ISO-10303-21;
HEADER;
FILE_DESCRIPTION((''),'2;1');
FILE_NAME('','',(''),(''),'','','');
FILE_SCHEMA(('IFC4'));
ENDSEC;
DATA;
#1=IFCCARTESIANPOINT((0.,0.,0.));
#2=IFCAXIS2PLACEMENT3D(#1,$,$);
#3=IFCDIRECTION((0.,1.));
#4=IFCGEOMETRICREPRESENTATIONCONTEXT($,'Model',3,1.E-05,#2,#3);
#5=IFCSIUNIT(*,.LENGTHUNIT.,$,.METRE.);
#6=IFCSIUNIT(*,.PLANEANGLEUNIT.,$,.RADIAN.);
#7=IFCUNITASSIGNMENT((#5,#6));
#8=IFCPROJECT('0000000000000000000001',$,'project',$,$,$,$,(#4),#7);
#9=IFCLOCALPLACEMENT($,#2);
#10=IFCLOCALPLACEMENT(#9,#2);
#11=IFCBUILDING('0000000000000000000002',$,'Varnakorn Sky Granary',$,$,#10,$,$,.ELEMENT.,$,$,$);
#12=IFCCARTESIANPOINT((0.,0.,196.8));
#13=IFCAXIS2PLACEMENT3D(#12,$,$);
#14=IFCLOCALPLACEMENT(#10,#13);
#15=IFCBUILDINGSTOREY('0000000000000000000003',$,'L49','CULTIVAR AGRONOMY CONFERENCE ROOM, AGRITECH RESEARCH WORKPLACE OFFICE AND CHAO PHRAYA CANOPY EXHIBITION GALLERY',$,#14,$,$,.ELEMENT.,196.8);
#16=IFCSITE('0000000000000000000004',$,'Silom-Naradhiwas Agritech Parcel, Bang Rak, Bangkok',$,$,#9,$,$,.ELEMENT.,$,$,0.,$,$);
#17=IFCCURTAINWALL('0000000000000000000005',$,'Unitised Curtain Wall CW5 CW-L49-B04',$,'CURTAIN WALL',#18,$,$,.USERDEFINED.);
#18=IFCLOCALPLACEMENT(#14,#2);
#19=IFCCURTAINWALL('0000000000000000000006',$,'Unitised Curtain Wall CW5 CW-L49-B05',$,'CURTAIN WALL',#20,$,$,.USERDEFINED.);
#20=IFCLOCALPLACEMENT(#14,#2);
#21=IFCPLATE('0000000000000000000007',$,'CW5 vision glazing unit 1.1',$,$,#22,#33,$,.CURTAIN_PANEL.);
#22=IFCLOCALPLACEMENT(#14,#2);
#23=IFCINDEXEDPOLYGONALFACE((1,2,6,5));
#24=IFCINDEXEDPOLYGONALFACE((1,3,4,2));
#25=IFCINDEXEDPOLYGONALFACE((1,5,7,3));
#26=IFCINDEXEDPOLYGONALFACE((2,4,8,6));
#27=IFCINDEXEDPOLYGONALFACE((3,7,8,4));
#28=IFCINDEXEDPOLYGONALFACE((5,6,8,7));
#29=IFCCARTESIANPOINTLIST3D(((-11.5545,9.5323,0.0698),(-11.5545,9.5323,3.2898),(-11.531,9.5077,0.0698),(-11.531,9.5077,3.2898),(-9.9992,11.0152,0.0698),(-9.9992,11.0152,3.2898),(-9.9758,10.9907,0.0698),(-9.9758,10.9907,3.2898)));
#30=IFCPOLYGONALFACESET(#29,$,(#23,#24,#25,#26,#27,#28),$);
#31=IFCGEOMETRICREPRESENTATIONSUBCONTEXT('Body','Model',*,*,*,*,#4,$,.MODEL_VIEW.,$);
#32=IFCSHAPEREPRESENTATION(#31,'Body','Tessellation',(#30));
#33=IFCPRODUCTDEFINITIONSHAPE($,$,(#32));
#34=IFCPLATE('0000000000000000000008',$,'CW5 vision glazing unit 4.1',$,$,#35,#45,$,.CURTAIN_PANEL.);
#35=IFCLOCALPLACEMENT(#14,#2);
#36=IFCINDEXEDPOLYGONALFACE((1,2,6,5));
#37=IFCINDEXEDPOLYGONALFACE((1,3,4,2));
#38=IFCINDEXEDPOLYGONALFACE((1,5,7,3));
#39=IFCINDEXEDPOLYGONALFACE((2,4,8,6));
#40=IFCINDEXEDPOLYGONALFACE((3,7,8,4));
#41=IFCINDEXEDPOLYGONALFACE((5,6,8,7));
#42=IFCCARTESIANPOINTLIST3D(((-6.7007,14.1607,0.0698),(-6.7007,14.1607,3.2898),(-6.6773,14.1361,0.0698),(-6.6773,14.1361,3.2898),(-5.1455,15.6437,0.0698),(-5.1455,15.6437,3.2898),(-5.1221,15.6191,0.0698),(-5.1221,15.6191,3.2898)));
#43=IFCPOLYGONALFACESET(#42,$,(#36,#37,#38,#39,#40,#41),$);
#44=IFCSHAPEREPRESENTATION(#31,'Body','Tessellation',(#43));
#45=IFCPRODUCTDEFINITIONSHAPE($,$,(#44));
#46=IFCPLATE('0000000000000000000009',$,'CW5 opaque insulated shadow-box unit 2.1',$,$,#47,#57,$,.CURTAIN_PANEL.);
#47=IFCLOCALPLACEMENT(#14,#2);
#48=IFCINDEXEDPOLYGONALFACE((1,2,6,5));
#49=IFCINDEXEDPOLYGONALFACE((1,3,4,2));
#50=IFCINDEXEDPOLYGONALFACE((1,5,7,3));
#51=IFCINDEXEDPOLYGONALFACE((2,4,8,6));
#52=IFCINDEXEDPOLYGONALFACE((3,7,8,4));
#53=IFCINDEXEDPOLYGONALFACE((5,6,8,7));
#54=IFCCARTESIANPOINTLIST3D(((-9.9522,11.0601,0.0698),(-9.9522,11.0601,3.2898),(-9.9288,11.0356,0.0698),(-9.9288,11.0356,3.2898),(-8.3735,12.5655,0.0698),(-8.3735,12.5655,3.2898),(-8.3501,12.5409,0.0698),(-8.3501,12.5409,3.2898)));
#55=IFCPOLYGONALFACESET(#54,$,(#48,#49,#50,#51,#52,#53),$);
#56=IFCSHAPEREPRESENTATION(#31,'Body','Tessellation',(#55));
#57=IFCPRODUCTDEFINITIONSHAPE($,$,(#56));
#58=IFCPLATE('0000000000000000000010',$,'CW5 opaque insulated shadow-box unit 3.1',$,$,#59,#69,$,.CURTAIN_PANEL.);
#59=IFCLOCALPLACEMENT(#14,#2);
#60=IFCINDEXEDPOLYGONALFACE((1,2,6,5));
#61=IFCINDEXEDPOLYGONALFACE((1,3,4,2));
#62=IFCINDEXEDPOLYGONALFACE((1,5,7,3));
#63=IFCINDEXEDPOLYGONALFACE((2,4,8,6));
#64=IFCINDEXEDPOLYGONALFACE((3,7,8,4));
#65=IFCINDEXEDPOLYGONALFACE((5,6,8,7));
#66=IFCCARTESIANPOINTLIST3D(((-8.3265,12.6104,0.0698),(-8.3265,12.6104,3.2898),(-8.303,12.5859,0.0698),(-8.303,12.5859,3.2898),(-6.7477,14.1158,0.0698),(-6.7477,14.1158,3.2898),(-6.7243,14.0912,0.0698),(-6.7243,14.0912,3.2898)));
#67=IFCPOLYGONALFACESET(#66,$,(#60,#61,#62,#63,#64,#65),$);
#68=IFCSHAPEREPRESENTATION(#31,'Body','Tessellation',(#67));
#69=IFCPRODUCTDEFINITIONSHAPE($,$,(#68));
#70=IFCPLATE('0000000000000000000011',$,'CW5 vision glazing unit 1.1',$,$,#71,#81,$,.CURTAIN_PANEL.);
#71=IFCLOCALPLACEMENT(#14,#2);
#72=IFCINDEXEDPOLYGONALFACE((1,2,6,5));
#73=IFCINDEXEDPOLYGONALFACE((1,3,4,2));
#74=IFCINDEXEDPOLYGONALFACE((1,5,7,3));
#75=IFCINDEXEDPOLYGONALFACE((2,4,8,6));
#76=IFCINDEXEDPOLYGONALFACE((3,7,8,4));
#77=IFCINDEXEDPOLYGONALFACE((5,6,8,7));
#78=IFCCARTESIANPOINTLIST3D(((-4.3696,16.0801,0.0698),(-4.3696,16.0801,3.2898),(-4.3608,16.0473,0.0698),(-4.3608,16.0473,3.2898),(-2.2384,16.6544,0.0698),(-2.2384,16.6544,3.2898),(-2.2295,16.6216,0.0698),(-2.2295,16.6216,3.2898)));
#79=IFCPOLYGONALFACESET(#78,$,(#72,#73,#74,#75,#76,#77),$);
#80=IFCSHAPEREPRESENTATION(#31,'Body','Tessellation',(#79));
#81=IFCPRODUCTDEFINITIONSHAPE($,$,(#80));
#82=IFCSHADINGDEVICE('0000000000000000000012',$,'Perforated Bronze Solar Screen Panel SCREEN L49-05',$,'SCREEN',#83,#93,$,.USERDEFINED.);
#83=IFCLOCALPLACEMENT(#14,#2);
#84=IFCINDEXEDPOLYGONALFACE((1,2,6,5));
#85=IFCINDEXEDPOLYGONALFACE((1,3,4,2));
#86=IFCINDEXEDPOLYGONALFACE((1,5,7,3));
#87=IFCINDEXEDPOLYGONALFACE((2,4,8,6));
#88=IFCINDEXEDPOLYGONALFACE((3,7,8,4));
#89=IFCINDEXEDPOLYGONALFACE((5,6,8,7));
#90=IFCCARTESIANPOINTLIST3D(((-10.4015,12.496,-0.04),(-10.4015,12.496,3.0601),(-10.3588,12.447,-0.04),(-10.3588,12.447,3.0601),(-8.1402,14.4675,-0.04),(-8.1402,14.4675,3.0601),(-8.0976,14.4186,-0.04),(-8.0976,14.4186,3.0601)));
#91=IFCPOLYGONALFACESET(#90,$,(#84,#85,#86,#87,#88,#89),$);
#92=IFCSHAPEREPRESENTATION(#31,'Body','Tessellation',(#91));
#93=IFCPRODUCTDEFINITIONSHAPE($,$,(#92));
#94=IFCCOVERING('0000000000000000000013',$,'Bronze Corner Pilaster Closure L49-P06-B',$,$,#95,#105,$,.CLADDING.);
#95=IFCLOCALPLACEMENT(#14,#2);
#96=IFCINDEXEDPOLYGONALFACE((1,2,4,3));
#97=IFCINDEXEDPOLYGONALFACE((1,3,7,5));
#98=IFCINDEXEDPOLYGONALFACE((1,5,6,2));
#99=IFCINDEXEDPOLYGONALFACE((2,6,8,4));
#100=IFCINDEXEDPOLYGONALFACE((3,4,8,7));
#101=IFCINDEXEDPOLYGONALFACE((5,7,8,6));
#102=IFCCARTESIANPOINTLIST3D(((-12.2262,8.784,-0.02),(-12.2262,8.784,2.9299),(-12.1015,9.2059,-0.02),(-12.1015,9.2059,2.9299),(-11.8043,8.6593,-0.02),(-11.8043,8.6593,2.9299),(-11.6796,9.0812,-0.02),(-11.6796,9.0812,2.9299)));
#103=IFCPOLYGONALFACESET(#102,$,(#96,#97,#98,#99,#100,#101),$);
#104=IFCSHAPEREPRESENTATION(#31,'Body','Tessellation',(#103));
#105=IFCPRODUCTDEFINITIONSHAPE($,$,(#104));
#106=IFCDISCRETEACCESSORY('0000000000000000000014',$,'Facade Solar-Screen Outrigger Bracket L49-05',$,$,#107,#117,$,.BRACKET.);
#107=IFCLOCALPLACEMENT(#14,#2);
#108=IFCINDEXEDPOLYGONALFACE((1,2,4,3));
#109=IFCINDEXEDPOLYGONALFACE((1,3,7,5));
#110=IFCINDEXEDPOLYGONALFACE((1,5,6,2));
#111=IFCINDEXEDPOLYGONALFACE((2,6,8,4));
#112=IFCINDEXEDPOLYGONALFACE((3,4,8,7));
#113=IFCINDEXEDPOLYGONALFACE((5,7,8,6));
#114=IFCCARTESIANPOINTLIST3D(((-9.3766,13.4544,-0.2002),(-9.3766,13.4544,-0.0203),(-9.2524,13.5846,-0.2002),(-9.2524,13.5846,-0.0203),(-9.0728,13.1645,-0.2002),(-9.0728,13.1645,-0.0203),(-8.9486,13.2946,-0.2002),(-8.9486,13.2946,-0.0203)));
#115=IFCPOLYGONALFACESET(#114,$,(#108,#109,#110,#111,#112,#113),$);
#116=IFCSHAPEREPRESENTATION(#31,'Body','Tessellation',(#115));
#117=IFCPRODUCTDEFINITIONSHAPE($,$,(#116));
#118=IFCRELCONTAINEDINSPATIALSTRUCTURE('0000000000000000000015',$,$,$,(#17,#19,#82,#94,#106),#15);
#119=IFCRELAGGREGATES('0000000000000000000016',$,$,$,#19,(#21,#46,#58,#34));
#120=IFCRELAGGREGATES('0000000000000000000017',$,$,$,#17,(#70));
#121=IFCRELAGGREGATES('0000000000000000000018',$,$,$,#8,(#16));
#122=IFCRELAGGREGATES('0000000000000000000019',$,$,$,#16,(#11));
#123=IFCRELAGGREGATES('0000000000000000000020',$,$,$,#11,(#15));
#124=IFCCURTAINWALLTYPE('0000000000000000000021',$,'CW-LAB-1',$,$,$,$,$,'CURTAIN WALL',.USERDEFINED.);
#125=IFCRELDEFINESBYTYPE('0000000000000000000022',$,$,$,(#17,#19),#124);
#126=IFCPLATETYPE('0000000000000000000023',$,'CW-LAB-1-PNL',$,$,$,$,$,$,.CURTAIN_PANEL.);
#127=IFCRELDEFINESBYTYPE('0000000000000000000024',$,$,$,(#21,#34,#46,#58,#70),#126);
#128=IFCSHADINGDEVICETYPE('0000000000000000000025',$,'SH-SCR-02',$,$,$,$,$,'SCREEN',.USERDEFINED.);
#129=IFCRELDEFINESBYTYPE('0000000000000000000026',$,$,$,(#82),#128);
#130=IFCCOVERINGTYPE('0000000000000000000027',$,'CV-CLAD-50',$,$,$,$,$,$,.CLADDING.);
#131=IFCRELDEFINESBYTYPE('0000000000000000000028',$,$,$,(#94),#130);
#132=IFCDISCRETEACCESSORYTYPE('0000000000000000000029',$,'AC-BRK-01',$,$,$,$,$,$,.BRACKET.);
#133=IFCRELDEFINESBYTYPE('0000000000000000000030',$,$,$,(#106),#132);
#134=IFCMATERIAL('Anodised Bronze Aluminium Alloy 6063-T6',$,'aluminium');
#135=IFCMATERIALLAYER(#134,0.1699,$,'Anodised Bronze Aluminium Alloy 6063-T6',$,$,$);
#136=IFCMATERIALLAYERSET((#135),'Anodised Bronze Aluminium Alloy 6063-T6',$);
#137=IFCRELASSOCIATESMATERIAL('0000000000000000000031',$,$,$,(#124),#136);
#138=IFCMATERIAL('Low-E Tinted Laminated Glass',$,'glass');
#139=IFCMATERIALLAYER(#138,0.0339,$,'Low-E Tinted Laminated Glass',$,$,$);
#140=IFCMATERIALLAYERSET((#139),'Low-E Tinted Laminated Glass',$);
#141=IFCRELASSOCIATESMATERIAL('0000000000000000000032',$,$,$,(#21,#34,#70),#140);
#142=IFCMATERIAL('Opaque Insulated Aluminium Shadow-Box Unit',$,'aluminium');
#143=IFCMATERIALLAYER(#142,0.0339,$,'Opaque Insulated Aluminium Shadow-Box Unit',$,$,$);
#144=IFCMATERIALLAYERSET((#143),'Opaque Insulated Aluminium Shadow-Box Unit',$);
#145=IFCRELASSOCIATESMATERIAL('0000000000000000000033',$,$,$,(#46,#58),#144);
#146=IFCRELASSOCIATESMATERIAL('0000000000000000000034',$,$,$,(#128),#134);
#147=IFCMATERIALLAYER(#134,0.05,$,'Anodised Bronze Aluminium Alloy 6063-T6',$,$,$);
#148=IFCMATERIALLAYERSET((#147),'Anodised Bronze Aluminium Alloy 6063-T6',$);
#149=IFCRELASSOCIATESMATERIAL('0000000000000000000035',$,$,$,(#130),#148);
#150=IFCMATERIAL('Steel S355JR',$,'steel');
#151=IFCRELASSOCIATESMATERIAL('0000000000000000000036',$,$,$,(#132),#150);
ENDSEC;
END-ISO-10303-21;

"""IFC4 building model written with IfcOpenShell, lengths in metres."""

from ifc_helpers import new_model, si_unit, direction, frame, origin, origin_2d, place, context, subcontext, project, spatial, rectangle, extrude, source, transform, mapped, material, layer, layer_set, type_object, type_shapes, element, aggregate, save


model = new_model("IFC4")

# Units and contexts
model_context = context("Model", 3, precision=1e-05, world=origin(), true_north=direction((0.0, 1.0)))
body_context = subcontext(model_context, "Body", "Model", "MODEL_VIEW")
ifc_project = project(units=[si_unit("LENGTHUNIT", "METRE"), si_unit("PLANEANGLEUNIT", "RADIAN")], contexts=[model_context])

# Site, building, storey
site_placement = place(None, origin())
site = spatial("IfcSite", under=ifc_project, at=site_placement, Name="Silom-Naradhiwas Agritech Parcel, Bang Rak, Bangkok", CompositionType="ELEMENT", RefElevation=0.0)
building_placement = place(site_placement, origin())
building = spatial("IfcBuilding", under=site, at=building_placement, Name="Varnakorn Sky Granary", CompositionType="ELEMENT")
storey_placement = place(building_placement, frame((0.0, 0.0, 196.8)))
storey = spatial("IfcBuildingStorey", under=building, at=storey_placement, Name="L49", Description="CULTIVAR AGRONOMY CONFERENCE ROOM, AGRITECH RESEARCH WORKPLACE OFFICE AND CHAO PHRAYA CANOPY EXHIBITION GALLERY", CompositionType="ELEMENT", Elevation=196.8)

# Shared definitions
ifc_material_1 = material(Name="Steel S355JR", Category="steel")

# Curtain wall
ifc_material_2 = material(Name="Anodised Bronze Aluminium Alloy 6063-T6", Category="aluminium")
ifc_layer_1 = layer(ifc_material_2, 0.1699, Name="Anodised Bronze Aluminium Alloy 6063-T6")
ifc_layer_set_1 = layer_set([ifc_layer_1], Name="Anodised Bronze Aluminium Alloy 6063-T6")
curtain_wall_type = type_object("IfcCurtainWallType", Name="CW-LAB-1", ElementType="CURTAIN WALL", PredefinedType="USERDEFINED", material=ifc_layer_set_1)
curtain_wall_1_placement = place(storey_placement, origin())
curtain_wall_1 = element("IfcCurtainWall", 1, at=curtain_wall_1_placement, inside=storey, type_object=curtain_wall_type, Name="Unitised Curtain Wall CW5 CW-L49-B04", ObjectType="CURTAIN WALL", PredefinedType="USERDEFINED")

# Curtain wall
curtain_wall_2_placement = place(storey_placement, origin())
curtain_wall_2 = element("IfcCurtainWall", 2, at=curtain_wall_2_placement, inside=storey, type_object=curtain_wall_type, Name="Unitised Curtain Wall CW5 CW-L49-B05", ObjectType="CURTAIN WALL", PredefinedType="USERDEFINED")

# Plates
ifc_material_3 = material(Name="Low-E Tinted Laminated Glass", Category="glass")
ifc_layer_2 = layer(ifc_material_3, 0.0339, Name="Low-E Tinted Laminated Glass")
ifc_layer_set_2 = layer_set([ifc_layer_2], Name="Low-E Tinted Laminated Glass")
plate_type = type_object("IfcPlateType", Name="CW-LAB-1-PNL", PredefinedType="CURTAIN_PANEL")
shared_shape_1 = source(origin(), body_context, "Body", "SweptSolid", [
    extrude(rectangle(XDim=2.1489, YDim=0.0339, at=origin_2d()), origin(), (0.0, 0.0, 1.0), 3.22),
])
plate_1_placement = place(storey_placement, frame((-10.7651, 10.2615, 0.0698), z_axis=(0.0, 0.0, 1.0), x_axis=(0.723717, 0.690097, 0.0)))
plate_1 = element("IfcPlate", 3, at=plate_1_placement, type_object=plate_type, material=ifc_layer_set_2, Name="CW5 vision glazing unit 1.1", PredefinedType="CURTAIN_PANEL", context=body_context, shape_type="MappedRepresentation", body=[
    mapped(shared_shape_1, transform((0.0, 0.0, 0.0), x_axis=(1.0, 0.0, 0.0), y_axis=(0.0, 1.0, 0.0), z_axis=(0.0, 0.0, 1.0), scale=1.0)),
])
plate_2_placement = place(storey_placement, frame((-5.9114, 14.8899, 0.0698), z_axis=(0.0, 0.0, 1.0), x_axis=(0.723717, 0.690097, 0.0)))
plate_2 = element("IfcPlate", 4, at=plate_2_placement, type_object=plate_type, material=ifc_layer_set_2, Name="CW5 vision glazing unit 4.1", PredefinedType="CURTAIN_PANEL", context=body_context, shape_type="MappedRepresentation", body=[
    mapped(shared_shape_1, transform((0.0, 0.0, 0.0), x_axis=(1.0, 0.0, 0.0), y_axis=(0.0, 1.0, 0.0), z_axis=(0.0, 0.0, 1.0), scale=1.0)),
])
ifc_material_4 = material(Name="Opaque Insulated Aluminium Shadow-Box Unit", Category="aluminium")
ifc_layer_3 = layer(ifc_material_4, 0.0339, Name="Opaque Insulated Aluminium Shadow-Box Unit")
ifc_layer_set_3 = layer_set([ifc_layer_3], Name="Opaque Insulated Aluminium Shadow-Box Unit")
shared_shape_2 = source(origin(), body_context, "Body", "SweptSolid", [
    extrude(rectangle(XDim=2.1814, YDim=0.0339, at=origin_2d()), origin(), (0.0, 0.0, 1.0), 3.22),
])
plate_3_placement = place(storey_placement, frame((-9.1511, 11.8005, 0.0698), z_axis=(0.0, 0.0, 1.0), x_axis=(0.723717, 0.690097, 0.0)))
plate_3 = element("IfcPlate", 5, at=plate_3_placement, type_object=plate_type, material=ifc_layer_set_3, Name="CW5 opaque insulated shadow-box unit 2.1", PredefinedType="CURTAIN_PANEL", context=body_context, shape_type="MappedRepresentation", body=[
    mapped(shared_shape_2, transform((0.0, 0.0, 0.0), x_axis=(1.0, 0.0, 0.0), y_axis=(0.0, 1.0, 0.0), z_axis=(0.0, 0.0, 1.0), scale=1.0)),
])
plate_4_placement = place(storey_placement, frame((-7.5254, 13.3508, 0.0698), z_axis=(0.0, 0.0, 1.0), x_axis=(0.723717, 0.690097, 0.0)))
plate_4 = element("IfcPlate", 6, at=plate_4_placement, type_object=plate_type, material=ifc_layer_set_3, Name="CW5 opaque insulated shadow-box unit 3.1", PredefinedType="CURTAIN_PANEL", context=body_context, shape_type="MappedRepresentation", body=[
    mapped(shared_shape_2, transform((0.0, 0.0, 0.0), x_axis=(1.0, 0.0, 0.0), y_axis=(0.0, 1.0, 0.0), z_axis=(0.0, 0.0, 1.0), scale=1.0)),
])
aggregate(curtain_wall_2, [plate_1, plate_3, plate_4, plate_2])
shared_shape_3 = source(origin(), body_context, "Body", "SweptSolid", [
    extrude(rectangle(XDim=2.2073, YDim=0.0339, at=origin_2d()), origin(), (0.0, 0.0, 1.0), 3.22),
])
type_shapes(plate_type, [shared_shape_1, shared_shape_2, shared_shape_3])
plate_5_placement = place(storey_placement, frame((-3.2996, 16.3508, 0.0698), z_axis=(0.0, 0.0, 1.0), x_axis=(0.965556, 0.260196, 0.0)))
plate_5 = element("IfcPlate", 7, at=plate_5_placement, type_object=plate_type, material=ifc_layer_set_2, Name="CW5 vision glazing unit 1.1", PredefinedType="CURTAIN_PANEL", context=body_context, shape_type="MappedRepresentation", body=[
    mapped(shared_shape_3, transform((0.0, 0.0, 0.0), x_axis=(1.0, 0.0, 0.0), y_axis=(0.0, 1.0, 0.0), z_axis=(0.0, 0.0, 1.0), scale=1.0)),
])
aggregate(curtain_wall_1, [plate_5])

# Shading device
shading_device_type = type_object("IfcShadingDeviceType", Name="SH-SCR-02", ElementType="SCREEN", PredefinedType="USERDEFINED", material=ifc_material_2)
shared_shape_4 = source(origin(), body_context, "Body", "SweptSolid", [
    extrude(rectangle(XDim=3.0, YDim=0.0649, at=origin_2d()), origin(), (0.0, 0.0, 1.0), 3.1001),
])
type_shapes(shading_device_type, [shared_shape_4])
shading_device_placement = place(storey_placement, frame((-9.2495, 13.4573, -0.04), z_axis=(0.0, 0.0, 1.0), x_axis=(-0.753735, -0.657178, 0.0)))
element("IfcShadingDevice", 8, at=shading_device_placement, inside=storey, type_object=shading_device_type, Name="Perforated Bronze Solar Screen Panel SCREEN L49-05", ObjectType="SCREEN", PredefinedType="USERDEFINED", context=body_context, shape_type="MappedRepresentation", body=[
    mapped(shared_shape_4, transform((0.0, 0.0, 0.0), x_axis=(1.0, 0.0, 0.0), y_axis=(0.0, 1.0, 0.0), z_axis=(0.0, 0.0, 1.0), scale=1.0)),
])

# Covering
ifc_layer_4 = layer(ifc_material_2, 0.05, Name="Anodised Bronze Aluminium Alloy 6063-T6")
ifc_layer_set_4 = layer_set([ifc_layer_4], Name="Anodised Bronze Aluminium Alloy 6063-T6")
covering_type = type_object("IfcCoveringType", Name="CV-CLAD-50", PredefinedType="CLADDING", material=ifc_layer_set_4)
shared_shape_5 = source(origin(), body_context, "Body", "SweptSolid", [
    extrude(rectangle(XDim=0.4399, YDim=0.4399, at=origin_2d()), origin(), (0.0, 0.0, 1.0), 2.95),
])
type_shapes(covering_type, [shared_shape_5])
covering_placement = place(storey_placement, frame((-11.9529, 8.9326, -0.02), z_axis=(0.0, 0.0, 1.0), x_axis=(0.283513, 0.958968, 0.0)))
element("IfcCovering", 9, at=covering_placement, inside=storey, type_object=covering_type, Name="Bronze Corner Pilaster Closure L49-P06-B", PredefinedType="CLADDING", context=body_context, shape_type="MappedRepresentation", body=[
    mapped(shared_shape_5, transform((0.0, 0.0, 0.0), x_axis=(1.0, 0.0, 0.0), y_axis=(0.0, 1.0, 0.0), z_axis=(0.0, 0.0, 1.0), scale=1.0)),
])

# Discrete accessory
discrete_accessory_type = type_object("IfcDiscreteAccessoryType", Name="AC-BRK-01", PredefinedType="BRACKET", material=ifc_material_1)
shared_shape_6 = source(origin(), body_context, "Body", "SweptSolid", [
    extrude(rectangle(XDim=0.1799, YDim=0.4199, at=origin_2d()), origin(), (0.0, 0.0, 1.0), 0.1799),
])
type_shapes(discrete_accessory_type, [shared_shape_6])
discrete_accessory_placement = place(storey_placement, frame((-9.1626, 13.3745, -0.2002), z_axis=(0.0, 0.0, 1.0), x_axis=(-0.69044, -0.72339, 0.0)))
element("IfcDiscreteAccessory", 10, at=discrete_accessory_placement, inside=storey, type_object=discrete_accessory_type, Name="Facade Solar-Screen Outrigger Bracket L49-05", PredefinedType="BRACKET", context=body_context, shape_type="MappedRepresentation", body=[
    mapped(shared_shape_6, transform((0.0, 0.0, 0.0), x_axis=(1.0, 0.0, 0.0), y_axis=(0.0, 1.0, 0.0), z_axis=(0.0, 0.0, 1.0), scale=1.0)),
])

save(model, "model.ifc")
